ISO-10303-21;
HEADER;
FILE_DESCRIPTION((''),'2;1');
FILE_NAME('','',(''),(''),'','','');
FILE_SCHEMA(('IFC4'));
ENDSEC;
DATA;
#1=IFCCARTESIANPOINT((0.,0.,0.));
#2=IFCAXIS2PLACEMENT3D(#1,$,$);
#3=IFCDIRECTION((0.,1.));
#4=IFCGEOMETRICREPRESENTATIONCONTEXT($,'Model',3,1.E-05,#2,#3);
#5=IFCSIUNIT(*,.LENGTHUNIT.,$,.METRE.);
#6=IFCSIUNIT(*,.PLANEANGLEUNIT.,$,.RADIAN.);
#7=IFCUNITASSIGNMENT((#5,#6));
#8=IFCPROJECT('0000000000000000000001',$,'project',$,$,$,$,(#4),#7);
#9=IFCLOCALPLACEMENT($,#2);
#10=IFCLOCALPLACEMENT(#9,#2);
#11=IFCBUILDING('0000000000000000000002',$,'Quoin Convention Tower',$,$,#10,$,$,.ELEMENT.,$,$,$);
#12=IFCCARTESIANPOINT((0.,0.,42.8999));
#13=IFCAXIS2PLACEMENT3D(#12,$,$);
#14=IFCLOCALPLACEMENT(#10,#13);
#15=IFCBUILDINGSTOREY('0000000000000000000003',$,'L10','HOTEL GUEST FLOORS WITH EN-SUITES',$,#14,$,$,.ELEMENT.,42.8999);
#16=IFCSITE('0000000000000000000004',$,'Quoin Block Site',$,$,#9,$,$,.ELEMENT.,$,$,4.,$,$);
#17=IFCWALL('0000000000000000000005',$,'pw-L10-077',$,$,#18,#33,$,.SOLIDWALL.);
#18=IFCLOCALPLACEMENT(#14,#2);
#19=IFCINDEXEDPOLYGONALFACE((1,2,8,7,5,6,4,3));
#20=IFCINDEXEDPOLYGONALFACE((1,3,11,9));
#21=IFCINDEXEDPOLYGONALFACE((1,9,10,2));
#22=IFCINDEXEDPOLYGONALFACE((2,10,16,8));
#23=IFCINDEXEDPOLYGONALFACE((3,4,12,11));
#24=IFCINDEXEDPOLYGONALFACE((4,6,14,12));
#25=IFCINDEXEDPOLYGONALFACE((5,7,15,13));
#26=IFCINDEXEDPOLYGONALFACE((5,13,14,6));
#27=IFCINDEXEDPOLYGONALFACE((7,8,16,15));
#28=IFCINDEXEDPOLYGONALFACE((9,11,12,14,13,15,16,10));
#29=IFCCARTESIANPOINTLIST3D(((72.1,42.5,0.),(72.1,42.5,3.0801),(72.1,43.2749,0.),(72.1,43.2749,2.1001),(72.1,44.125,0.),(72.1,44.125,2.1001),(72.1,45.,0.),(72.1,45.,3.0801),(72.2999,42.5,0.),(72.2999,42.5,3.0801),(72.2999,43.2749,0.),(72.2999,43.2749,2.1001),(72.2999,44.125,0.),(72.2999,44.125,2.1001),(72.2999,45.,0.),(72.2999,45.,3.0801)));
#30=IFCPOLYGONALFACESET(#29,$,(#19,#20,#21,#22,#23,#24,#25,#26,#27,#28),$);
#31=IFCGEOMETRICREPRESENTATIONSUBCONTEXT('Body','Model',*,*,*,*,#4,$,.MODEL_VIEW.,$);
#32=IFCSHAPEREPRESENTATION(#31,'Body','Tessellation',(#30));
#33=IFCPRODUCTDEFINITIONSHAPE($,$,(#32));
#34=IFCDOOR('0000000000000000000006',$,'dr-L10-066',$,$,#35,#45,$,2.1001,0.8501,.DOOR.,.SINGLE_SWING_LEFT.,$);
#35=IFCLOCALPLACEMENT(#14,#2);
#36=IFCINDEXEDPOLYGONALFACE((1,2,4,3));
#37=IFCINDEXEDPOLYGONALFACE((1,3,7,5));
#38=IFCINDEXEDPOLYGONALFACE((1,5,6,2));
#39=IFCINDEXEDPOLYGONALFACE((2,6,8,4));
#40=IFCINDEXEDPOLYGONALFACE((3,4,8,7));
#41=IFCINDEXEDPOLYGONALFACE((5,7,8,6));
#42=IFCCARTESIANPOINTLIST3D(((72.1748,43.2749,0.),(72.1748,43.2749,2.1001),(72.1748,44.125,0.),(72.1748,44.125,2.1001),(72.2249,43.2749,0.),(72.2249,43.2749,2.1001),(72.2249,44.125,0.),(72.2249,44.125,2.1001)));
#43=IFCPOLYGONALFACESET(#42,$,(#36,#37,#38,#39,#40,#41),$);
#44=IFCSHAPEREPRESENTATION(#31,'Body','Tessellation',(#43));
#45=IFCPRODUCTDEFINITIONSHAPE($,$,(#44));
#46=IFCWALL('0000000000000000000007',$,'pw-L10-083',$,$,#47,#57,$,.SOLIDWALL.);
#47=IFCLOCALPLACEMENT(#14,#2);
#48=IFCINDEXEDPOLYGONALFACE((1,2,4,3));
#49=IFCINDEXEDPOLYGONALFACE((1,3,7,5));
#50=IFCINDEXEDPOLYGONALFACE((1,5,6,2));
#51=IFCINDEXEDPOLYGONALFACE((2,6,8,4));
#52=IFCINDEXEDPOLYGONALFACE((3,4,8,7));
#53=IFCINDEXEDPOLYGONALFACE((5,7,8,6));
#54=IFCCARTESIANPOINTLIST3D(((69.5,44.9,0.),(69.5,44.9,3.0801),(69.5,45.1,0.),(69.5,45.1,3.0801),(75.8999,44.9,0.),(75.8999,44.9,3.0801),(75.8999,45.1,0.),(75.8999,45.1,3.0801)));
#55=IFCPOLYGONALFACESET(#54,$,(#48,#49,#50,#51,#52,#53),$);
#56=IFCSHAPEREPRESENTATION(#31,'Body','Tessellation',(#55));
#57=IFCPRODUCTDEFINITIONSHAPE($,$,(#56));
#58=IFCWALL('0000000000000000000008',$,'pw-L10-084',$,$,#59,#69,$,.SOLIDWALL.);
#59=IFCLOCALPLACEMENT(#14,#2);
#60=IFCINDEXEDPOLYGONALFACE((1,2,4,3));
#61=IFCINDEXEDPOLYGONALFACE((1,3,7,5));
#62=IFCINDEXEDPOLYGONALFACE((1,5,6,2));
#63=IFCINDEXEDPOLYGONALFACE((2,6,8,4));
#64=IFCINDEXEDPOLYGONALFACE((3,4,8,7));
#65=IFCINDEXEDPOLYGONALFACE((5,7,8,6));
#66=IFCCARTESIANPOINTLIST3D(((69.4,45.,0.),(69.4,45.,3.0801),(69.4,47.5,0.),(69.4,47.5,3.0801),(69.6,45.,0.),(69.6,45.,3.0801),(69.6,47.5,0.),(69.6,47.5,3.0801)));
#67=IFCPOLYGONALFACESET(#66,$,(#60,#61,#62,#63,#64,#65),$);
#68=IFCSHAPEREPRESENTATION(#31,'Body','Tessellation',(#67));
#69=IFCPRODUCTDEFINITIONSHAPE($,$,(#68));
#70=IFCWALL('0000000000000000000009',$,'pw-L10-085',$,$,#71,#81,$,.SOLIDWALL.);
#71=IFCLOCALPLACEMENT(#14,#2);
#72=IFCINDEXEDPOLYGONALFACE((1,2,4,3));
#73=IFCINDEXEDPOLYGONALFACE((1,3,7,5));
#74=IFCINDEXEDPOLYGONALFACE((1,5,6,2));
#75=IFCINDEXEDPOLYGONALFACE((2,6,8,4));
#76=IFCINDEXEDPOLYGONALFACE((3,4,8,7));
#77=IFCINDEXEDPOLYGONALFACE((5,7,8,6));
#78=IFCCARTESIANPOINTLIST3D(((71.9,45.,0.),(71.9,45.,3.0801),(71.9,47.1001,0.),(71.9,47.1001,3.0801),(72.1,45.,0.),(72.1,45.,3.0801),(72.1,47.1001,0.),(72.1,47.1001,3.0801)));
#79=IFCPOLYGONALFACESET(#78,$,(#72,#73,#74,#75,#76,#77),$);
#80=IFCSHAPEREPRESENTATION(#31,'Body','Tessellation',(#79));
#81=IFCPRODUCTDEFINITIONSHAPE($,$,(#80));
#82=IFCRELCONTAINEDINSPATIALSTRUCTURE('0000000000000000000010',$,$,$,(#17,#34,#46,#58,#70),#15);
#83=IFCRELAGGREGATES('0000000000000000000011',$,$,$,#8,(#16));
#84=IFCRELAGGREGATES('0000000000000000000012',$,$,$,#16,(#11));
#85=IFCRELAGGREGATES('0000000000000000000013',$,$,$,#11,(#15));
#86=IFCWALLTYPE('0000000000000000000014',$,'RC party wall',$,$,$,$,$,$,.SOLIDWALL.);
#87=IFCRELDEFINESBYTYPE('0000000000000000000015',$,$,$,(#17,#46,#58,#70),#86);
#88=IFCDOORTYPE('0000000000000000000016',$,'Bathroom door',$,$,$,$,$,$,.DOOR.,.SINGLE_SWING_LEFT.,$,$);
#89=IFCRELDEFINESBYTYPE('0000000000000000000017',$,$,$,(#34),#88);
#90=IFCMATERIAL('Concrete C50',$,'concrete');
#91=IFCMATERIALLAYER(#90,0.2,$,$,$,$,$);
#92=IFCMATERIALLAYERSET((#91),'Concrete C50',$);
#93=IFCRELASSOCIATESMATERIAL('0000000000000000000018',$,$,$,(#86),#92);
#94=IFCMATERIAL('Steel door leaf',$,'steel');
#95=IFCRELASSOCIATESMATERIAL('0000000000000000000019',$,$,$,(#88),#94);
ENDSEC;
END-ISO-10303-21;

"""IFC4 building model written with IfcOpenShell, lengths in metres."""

from ifc_helpers import new_model, si_unit, direction, frame, frame_2d, origin, place, context, subcontext, project, spatial, rectangle, extrude, material, layer, layer_set, type_object, element, fill, save


model = new_model("IFC4")

# Units and contexts
model_context = context("Model", 3, precision=1e-05, world=origin(), true_north=direction((0.0, 1.0)))
body_context = subcontext(model_context, "Body", "Model", "MODEL_VIEW")
ifc_project = project(units=[si_unit("LENGTHUNIT", "METRE"), si_unit("PLANEANGLEUNIT", "RADIAN")], contexts=[model_context])

# Site, building, storey
site_placement = place(None, origin())
site = spatial("IfcSite", under=ifc_project, at=site_placement, Name="Quoin Block Site", CompositionType="ELEMENT", RefElevation=4.0)
building_placement = place(site_placement, origin())
building = spatial("IfcBuilding", under=site, at=building_placement, Name="Quoin Convention Tower", CompositionType="ELEMENT")
storey_placement = place(building_placement, frame((0.0, 0.0, 42.8999)))
storey = spatial("IfcBuildingStorey", under=building, at=storey_placement, Name="L10", Description="HOTEL GUEST FLOORS WITH EN-SUITES", CompositionType="ELEMENT", Elevation=42.8999)

# Shared definitions
ifc_material_1 = material(Name="Concrete C50", Category="concrete")
ifc_layer_1 = layer(ifc_material_1, 0.2)
ifc_layer_set_1 = layer_set([ifc_layer_1], Name="Concrete C50")
wall_type_1 = type_object("IfcWallType", Name="RC party wall", PredefinedType="SOLIDWALL", material=ifc_layer_set_1)

# Wall, opening, door
wall_1_placement = place(storey_placement, frame((72.2, 42.5, 0.0), z_axis=(0.0, 0.0, 1.0), x_axis=(0.0, 1.0, 0.0)))
wall_1 = element("IfcWall", 1, at=wall_1_placement, inside=storey, type_object=wall_type_1, Name="pw-L10-077", PredefinedType="SOLIDWALL", context=body_context, shape_type="SweptSolid", body=[
    extrude(rectangle(XDim=2.5, YDim=0.2, at=frame_2d((1.25, 0.0))), origin(), (0.0, 0.0, 1.0), 3.0801),
])
opening_1_placement = place(wall_1_placement, frame((0.7749, 0.0, 0.0)))
opening_1 = element("IfcOpeningElement", 2, at=opening_1_placement, cuts=wall_1, PredefinedType="OPENING", context=body_context, shape_type="SweptSolid", body=[
    extrude(rectangle(XDim=0.8501, YDim=2.1001, at=frame_2d((0.425, 1.05))), frame((0.0, 0.1099, 0.0), z_axis=(0.0, -1.0, 0.0), x_axis=(1.0, 0.0, 0.0)), (0.0, 0.0, 1.0), 0.22),
])
ifc_material_2 = material(Name="Steel door leaf", Category="steel")
door_type = type_object("IfcDoorType", Name="Bathroom door", OperationType="SINGLE_SWING_LEFT", PredefinedType="DOOR", material=ifc_material_2)
door_placement = place(opening_1_placement, frame((0.8501, 0.0, 0.0), z_axis=(0.0, 0.0, 1.0), x_axis=(-1.0, 0.0, 0.0)))
door = element("IfcDoor", 3, at=door_placement, inside=storey, type_object=door_type, Name="dr-L10-066", OperationType="SINGLE_SWING_LEFT", OverallHeight=2.1001, OverallWidth=0.8501, PredefinedType="DOOR", context=body_context, shape_type="SweptSolid", body=[
    extrude(rectangle(XDim=0.8501, YDim=2.1001, at=frame_2d((0.425, 1.05))), frame((0.0, 0.0249, 0.0), z_axis=(0.0, -1.0, 0.0), x_axis=(1.0, 0.0, 0.0)), (0.0, 0.0, 1.0), 0.05),
])
fill(opening_1, door)

# Walls
wall_2_placement = place(storey_placement, frame((69.5, 45.0, 0.0), z_axis=(0.0, 0.0, 1.0), x_axis=(1.0, 0.0, 0.0)))
element("IfcWall", 4, at=wall_2_placement, inside=storey, type_object=wall_type_1, Name="pw-L10-083", PredefinedType="SOLIDWALL", context=body_context, shape_type="SweptSolid", body=[
    extrude(rectangle(XDim=6.3999, YDim=0.2, at=frame_2d((3.2, 0.0))), origin(), (0.0, 0.0, 1.0), 3.0801),
])
wall_3_placement = place(storey_placement, frame((69.5, 45.0, 0.0), z_axis=(0.0, 0.0, 1.0), x_axis=(0.0, 1.0, 0.0)))
element("IfcWall", 5, at=wall_3_placement, inside=storey, type_object=wall_type_1, Name="pw-L10-084", PredefinedType="SOLIDWALL", context=body_context, shape_type="SweptSolid", body=[
    extrude(rectangle(XDim=2.5, YDim=0.2, at=frame_2d((1.25, 0.0))), origin(), (0.0, 0.0, 1.0), 3.0801),
])
wall_4_placement = place(storey_placement, frame((72.0, 45.0, 0.0), z_axis=(0.0, 0.0, 1.0), x_axis=(0.0, 1.0, 0.0)))
element("IfcWall", 6, at=wall_4_placement, inside=storey, type_object=wall_type_1, Name="pw-L10-085", PredefinedType="SOLIDWALL", context=body_context, shape_type="SweptSolid", body=[
    extrude(rectangle(XDim=2.1001, YDim=0.2, at=frame_2d((1.05, 0.0))), origin(), (0.0, 0.0, 1.0), 3.0801),
])

save(model, "model.ifc")
